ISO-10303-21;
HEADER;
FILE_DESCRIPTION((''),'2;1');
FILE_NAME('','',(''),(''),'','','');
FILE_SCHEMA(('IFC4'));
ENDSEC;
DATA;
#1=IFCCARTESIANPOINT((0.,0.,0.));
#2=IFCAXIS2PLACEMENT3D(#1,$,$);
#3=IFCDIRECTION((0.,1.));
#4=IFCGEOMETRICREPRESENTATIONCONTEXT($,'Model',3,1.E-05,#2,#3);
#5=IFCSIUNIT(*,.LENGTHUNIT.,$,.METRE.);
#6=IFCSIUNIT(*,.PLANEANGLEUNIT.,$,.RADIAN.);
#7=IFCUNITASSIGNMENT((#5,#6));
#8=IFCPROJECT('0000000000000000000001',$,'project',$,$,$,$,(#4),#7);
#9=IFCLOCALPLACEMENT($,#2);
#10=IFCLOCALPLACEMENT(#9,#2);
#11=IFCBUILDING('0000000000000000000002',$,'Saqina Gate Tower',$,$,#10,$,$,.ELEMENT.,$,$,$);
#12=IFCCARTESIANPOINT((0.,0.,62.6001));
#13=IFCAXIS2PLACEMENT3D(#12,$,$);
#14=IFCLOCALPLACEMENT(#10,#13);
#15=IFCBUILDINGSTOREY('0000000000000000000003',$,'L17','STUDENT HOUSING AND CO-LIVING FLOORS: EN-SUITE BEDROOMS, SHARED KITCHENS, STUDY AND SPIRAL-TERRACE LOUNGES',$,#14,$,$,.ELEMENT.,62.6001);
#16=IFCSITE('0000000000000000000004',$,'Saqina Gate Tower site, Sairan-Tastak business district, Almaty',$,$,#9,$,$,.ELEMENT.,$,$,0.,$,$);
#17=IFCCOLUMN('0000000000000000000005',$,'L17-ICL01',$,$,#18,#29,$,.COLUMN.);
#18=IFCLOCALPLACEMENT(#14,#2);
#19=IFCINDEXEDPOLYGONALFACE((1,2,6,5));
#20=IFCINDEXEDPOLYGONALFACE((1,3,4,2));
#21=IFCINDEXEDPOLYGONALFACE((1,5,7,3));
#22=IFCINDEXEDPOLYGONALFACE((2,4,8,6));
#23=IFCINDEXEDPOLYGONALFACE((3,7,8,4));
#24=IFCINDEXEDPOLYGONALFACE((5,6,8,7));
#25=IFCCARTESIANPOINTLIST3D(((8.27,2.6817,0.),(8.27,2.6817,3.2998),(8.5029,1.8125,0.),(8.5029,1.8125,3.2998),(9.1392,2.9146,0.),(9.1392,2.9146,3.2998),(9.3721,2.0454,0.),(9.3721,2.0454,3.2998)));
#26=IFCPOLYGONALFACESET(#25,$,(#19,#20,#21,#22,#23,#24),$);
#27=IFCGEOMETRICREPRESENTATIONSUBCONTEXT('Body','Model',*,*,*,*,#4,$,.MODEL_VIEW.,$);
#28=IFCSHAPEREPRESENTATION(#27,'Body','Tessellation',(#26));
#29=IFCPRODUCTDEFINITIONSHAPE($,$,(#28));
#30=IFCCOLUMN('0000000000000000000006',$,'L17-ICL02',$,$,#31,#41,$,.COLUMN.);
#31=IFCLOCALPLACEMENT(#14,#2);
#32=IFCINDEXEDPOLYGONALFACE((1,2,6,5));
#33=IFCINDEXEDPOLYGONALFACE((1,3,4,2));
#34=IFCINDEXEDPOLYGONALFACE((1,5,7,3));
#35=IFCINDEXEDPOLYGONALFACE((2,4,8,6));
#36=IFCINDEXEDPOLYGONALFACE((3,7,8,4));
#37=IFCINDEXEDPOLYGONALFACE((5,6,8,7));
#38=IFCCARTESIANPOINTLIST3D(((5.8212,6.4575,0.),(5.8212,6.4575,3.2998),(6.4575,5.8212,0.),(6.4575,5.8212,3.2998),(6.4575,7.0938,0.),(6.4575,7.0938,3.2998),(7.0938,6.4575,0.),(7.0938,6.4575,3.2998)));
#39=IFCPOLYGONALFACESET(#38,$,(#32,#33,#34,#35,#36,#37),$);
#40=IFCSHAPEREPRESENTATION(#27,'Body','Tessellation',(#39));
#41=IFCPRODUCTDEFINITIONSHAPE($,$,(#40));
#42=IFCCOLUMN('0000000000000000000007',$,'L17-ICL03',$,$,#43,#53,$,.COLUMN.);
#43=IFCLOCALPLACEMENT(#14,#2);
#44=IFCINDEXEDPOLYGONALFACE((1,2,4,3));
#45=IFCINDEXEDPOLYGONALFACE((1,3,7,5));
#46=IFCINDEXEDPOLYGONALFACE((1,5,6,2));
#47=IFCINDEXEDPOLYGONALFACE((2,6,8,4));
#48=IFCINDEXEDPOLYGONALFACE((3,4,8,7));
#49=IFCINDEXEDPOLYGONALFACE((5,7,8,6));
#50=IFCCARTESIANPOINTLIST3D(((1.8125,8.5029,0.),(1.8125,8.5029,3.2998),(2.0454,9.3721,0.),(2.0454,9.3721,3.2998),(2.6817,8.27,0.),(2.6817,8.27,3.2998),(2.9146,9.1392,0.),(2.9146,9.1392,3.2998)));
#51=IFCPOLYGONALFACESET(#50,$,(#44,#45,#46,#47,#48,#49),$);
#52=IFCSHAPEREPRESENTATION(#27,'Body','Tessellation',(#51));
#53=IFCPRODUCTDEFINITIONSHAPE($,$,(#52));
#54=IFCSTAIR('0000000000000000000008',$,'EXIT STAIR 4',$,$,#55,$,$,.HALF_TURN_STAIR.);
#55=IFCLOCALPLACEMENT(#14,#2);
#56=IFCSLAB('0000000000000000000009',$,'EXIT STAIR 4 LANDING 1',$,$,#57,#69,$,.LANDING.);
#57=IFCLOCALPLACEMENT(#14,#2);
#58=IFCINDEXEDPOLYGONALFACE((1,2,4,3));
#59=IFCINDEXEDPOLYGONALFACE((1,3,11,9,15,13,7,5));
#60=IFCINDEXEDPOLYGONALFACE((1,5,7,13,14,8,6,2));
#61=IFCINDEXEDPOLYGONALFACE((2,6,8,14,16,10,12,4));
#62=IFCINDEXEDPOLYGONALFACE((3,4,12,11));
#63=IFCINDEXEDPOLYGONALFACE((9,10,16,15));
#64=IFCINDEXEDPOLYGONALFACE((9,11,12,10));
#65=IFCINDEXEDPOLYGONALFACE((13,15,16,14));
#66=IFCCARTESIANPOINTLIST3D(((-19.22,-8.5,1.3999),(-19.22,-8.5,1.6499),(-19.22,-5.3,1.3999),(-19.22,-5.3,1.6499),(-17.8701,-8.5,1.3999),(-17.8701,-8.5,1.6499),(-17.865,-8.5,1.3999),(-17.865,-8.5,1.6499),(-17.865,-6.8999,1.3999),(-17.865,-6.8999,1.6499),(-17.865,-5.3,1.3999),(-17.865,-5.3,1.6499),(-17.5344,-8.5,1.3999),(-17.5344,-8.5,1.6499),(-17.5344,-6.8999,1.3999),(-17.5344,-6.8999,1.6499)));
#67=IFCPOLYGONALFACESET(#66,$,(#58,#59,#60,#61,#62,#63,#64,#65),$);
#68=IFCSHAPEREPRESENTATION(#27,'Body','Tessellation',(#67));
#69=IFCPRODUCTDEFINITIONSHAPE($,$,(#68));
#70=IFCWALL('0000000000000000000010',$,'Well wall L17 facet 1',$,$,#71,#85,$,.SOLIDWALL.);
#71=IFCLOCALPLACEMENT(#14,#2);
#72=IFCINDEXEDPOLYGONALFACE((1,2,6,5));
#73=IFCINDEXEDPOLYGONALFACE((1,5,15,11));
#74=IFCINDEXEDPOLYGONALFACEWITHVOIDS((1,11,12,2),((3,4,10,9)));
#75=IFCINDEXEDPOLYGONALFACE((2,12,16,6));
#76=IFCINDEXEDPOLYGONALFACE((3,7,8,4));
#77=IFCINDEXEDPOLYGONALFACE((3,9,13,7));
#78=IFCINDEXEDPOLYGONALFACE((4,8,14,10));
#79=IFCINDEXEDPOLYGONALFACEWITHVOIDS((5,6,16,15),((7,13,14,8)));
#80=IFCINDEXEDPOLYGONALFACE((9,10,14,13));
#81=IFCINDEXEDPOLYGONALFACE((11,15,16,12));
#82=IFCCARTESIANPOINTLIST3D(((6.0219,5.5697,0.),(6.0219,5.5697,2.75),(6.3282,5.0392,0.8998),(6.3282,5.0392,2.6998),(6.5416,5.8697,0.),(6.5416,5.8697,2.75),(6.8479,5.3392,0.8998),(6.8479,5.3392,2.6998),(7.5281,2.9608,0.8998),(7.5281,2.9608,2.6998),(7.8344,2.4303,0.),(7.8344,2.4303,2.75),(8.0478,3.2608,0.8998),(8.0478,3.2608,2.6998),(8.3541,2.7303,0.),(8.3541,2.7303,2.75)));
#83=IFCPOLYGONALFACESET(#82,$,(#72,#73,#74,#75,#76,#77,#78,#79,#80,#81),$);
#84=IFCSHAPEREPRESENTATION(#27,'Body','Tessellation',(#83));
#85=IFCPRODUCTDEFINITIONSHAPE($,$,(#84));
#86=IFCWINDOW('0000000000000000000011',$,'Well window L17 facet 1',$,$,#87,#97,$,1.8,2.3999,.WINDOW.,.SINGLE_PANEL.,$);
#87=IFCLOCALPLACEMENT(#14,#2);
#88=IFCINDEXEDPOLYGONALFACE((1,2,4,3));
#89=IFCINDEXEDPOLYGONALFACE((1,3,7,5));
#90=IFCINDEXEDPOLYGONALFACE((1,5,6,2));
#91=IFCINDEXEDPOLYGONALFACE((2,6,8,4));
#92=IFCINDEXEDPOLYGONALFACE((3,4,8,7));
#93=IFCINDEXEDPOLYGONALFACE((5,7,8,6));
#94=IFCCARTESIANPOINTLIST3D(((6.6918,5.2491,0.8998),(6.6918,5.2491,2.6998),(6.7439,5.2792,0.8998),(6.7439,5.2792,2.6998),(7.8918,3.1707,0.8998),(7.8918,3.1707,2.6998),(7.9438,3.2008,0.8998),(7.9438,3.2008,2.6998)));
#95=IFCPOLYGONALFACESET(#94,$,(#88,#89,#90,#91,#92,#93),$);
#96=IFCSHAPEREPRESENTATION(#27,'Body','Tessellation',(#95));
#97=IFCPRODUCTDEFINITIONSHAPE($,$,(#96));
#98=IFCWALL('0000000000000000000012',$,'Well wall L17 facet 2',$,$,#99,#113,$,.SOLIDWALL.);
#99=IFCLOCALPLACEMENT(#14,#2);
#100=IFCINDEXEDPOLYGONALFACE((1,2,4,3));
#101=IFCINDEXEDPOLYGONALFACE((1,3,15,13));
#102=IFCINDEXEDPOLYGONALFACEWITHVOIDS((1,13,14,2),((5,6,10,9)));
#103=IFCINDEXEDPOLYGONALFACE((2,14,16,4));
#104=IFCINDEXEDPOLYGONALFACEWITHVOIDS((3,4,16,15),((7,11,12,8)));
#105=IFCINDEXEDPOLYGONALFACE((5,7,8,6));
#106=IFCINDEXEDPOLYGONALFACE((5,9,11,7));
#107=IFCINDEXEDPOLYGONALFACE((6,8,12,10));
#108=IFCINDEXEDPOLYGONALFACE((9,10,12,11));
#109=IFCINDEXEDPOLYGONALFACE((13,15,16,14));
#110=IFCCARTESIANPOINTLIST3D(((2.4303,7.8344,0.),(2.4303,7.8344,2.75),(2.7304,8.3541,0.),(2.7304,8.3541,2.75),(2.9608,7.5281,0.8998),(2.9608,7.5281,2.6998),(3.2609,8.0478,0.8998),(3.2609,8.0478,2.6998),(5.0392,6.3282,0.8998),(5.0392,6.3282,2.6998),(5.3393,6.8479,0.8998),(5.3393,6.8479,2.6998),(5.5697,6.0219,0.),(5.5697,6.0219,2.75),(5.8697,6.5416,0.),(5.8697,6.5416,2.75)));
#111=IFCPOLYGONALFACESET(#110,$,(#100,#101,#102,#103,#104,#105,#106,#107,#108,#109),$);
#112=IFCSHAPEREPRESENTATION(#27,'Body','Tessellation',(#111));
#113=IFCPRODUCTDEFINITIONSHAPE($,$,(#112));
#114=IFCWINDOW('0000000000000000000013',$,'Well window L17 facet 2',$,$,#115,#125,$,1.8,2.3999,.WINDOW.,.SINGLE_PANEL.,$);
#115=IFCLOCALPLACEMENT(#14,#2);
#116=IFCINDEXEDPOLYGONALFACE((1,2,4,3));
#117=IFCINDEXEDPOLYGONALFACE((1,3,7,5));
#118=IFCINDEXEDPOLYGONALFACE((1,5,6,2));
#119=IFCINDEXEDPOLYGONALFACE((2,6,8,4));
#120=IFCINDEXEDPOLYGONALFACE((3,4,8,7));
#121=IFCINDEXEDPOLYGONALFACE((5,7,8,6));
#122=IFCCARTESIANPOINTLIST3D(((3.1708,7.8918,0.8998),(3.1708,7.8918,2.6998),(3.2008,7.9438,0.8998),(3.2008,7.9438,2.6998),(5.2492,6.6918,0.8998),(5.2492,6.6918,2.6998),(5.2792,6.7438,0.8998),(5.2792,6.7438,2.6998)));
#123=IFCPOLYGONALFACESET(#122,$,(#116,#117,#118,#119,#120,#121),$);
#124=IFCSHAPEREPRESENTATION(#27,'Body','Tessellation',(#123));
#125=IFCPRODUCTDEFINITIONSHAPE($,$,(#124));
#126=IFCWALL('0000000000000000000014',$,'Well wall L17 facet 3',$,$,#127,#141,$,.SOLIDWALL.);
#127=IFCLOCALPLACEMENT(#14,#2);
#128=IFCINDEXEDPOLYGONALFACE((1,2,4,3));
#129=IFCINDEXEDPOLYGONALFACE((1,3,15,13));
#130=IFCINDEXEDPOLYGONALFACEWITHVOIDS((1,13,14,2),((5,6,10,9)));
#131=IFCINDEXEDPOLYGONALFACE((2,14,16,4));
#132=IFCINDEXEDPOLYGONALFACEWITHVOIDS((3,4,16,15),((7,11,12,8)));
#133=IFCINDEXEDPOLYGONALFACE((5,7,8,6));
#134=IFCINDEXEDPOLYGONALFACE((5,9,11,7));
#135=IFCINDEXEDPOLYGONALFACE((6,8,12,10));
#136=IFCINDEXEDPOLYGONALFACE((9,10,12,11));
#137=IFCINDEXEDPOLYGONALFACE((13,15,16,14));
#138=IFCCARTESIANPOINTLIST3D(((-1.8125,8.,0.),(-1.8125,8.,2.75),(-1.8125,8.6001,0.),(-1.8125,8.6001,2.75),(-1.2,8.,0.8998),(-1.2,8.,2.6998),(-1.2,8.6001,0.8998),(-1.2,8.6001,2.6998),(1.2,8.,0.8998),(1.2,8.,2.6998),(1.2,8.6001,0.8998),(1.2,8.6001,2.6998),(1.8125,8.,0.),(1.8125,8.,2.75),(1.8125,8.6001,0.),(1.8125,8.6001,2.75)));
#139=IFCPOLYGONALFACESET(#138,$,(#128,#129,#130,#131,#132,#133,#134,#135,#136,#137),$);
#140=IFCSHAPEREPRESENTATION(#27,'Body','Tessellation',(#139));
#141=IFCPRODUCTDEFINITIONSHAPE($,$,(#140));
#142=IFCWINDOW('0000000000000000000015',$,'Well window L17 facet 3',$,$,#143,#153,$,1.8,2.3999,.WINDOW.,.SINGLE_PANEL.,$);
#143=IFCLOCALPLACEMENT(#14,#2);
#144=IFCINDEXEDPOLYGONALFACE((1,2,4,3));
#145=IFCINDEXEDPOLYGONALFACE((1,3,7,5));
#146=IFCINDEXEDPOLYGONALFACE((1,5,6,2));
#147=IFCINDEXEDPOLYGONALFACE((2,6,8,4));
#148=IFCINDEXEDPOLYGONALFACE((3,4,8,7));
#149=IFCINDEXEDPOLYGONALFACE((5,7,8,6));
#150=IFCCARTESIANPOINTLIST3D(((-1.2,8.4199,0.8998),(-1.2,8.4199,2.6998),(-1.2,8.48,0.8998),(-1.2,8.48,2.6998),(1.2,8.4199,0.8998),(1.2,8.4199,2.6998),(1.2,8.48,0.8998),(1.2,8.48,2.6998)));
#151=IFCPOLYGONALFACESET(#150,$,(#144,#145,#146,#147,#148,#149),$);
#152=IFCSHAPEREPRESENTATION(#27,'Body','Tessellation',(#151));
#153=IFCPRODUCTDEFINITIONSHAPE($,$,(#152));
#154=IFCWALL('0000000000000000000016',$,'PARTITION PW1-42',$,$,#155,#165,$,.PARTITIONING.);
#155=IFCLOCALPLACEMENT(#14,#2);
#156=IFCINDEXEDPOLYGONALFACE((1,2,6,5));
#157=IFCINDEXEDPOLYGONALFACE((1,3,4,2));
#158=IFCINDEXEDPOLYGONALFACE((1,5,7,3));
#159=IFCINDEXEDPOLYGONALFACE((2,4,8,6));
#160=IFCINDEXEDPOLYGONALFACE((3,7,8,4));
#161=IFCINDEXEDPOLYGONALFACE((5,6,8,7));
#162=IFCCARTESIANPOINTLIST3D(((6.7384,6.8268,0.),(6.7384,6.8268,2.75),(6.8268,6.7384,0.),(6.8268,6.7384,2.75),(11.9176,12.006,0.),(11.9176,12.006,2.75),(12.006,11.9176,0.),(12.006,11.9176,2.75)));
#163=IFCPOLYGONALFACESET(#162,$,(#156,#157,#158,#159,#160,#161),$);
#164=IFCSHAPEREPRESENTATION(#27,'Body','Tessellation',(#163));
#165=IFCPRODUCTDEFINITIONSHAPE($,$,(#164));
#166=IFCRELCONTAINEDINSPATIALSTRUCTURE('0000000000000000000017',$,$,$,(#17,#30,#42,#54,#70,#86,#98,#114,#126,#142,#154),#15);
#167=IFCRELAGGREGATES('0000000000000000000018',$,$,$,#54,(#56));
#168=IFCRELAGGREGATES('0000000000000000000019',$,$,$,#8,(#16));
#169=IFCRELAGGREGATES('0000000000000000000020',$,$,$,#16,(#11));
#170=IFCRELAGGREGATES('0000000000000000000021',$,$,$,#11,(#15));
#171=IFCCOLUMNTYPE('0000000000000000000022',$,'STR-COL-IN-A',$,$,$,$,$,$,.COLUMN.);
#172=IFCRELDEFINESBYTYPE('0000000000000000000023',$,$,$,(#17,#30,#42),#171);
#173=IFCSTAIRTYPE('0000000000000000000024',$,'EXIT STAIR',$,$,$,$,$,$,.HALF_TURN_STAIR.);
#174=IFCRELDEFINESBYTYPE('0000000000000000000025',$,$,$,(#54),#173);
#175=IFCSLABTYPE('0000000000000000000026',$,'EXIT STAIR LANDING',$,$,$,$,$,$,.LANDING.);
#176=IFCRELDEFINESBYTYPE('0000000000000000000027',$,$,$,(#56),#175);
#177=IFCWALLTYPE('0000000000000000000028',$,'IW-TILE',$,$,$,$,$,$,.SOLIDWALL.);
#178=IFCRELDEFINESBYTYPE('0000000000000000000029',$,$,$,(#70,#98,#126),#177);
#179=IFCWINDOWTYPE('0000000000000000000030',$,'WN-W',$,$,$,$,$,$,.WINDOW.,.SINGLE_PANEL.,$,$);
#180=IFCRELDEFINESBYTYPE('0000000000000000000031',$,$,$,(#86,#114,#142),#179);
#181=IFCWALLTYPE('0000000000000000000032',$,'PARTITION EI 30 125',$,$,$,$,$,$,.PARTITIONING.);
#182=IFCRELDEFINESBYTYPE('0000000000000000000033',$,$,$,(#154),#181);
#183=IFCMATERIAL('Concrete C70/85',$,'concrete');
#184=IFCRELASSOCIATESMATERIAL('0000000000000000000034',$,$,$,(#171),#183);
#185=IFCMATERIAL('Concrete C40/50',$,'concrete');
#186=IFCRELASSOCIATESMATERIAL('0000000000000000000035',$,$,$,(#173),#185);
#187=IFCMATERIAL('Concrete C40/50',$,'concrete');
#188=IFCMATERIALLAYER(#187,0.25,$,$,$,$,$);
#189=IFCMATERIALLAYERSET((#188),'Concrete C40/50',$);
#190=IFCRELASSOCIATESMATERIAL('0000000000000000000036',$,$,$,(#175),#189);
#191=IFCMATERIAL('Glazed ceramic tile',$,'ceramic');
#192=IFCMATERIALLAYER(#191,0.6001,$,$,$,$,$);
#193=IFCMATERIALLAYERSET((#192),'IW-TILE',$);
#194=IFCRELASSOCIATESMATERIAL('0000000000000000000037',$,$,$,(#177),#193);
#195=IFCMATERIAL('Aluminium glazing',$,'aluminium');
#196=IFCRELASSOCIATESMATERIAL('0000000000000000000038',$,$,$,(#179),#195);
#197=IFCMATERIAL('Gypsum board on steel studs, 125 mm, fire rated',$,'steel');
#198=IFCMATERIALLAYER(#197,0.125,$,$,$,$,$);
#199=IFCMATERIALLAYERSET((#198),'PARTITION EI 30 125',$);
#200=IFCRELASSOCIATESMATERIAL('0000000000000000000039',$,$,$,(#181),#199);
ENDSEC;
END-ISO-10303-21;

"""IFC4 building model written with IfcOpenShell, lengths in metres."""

from ifc_helpers import new_model, si_unit, direction, frame, frame_2d, origin, origin_2d, place, context, subcontext, project, spatial, polyline, rectangle, outline, extrude, material, layer, layer_set, material_profile, profile_set, type_object, element, fill, aggregate, save


model = new_model("IFC4")

# Units and contexts
model_context = context("Model", 3, precision=1e-05, world=origin(), true_north=direction((0.0, 1.0)))
body_context = subcontext(model_context, "Body", "Model", "MODEL_VIEW")
ifc_project = project(units=[si_unit("LENGTHUNIT", "METRE"), si_unit("PLANEANGLEUNIT", "RADIAN")], contexts=[model_context])

# Site, building, storey
site_placement = place(None, origin())
site = spatial("IfcSite", under=ifc_project, at=site_placement, Name="Saqina Gate Tower site, Sairan-Tastak business district, Almaty", CompositionType="ELEMENT", RefElevation=0.0)
building_placement = place(site_placement, origin())
building = spatial("IfcBuilding", under=site, at=building_placement, Name="Saqina Gate Tower", CompositionType="ELEMENT")
storey_placement = place(building_placement, frame((0.0, 0.0, 62.6001)))
storey = spatial("IfcBuildingStorey", under=building, at=storey_placement, Name="L17", Description="STUDENT HOUSING AND CO-LIVING FLOORS: EN-SUITE BEDROOMS, SHARED KITCHENS, STUDY AND SPIRAL-TERRACE LOUNGES", CompositionType="ELEMENT", Elevation=62.6001)

# Columns
ifc_material_1 = material(Name="Concrete C70/85", Category="concrete")
ifc_material_profile = material_profile(ifc_material_1, rectangle(XDim=0.8999, YDim=0.8999, at=origin_2d()), Name="RC 900x900")
ifc_profile_set = profile_set([ifc_material_profile], Name="Concrete C70/85")
column_type = type_object("IfcColumnType", Name="STR-COL-IN-A", PredefinedType="COLUMN", material=ifc_profile_set)
for number, where, z_axis, x_axis, name in (
    (1, (8.821, 2.3635, 0.0), (0.0, 0.0, 1.0), (0.965926, 0.258819, 0.0), "L17-ICL01"),
    (2, (6.4575, 6.4575, 0.0), (0.0, 0.0, 1.0), (0.707107, 0.707107, 0.0), "L17-ICL02"),
    (3, (2.3635, 8.821, 0.0), (0.0, 0.0, 1.0), (0.258819, 0.965926, 0.0), "L17-ICL03"),
):
    element("IfcColumn", number, at=place(storey_placement, frame(where, z_axis=z_axis, x_axis=x_axis)), inside=storey, type_object=column_type, Name=name, PredefinedType="COLUMN", context=body_context, shape_type="SweptSolid", body=[
        extrude(rectangle(XDim=0.8999, YDim=0.8999, at=origin_2d()), origin(), (0.0, 0.0, 1.0), 3.2998),
    ])

# Stair, slab
ifc_material_2 = material(Name="Concrete C40/50", Category="concrete")
stair_type = type_object("IfcStairType", Name="EXIT STAIR", PredefinedType="HALF_TURN_STAIR", material=ifc_material_2)
stair_1_placement = place(storey_placement, origin())
stair_1 = element("IfcStair", 4, at=stair_1_placement, inside=storey, type_object=stair_type, Name="EXIT STAIR 4", PredefinedType="HALF_TURN_STAIR")
ifc_material_3 = material(Name="Concrete C40/50", Category="concrete")
ifc_layer_1 = layer(ifc_material_3, 0.25)
ifc_layer_set_1 = layer_set([ifc_layer_1], Name="Concrete C40/50")
slab_type = type_object("IfcSlabType", Name="EXIT STAIR LANDING", PredefinedType="LANDING", material=ifc_layer_set_1)
slab_placement = place(storey_placement, frame((0.0, 0.0, 1.3999)))
slab = element("IfcSlab", 5, at=slab_placement, type_object=slab_type, Name="EXIT STAIR 4 LANDING 1", PredefinedType="LANDING", context=body_context, shape_type="SweptSolid", body=[
    extrude(outline(polyline([(-17.5344, -6.8999), (-17.5344, -8.5), (-17.865, -8.5), (-17.8701, -8.5), (-19.22, -8.5), (-19.22, -5.3), (-17.865, -5.3), (-17.865, -6.8999), (-17.5344, -6.8999)])), origin(), (0.0, 0.0, 1.0), 0.25),
])
aggregate(stair_1, [slab])

# Walls, openings, windows
ifc_material_4 = material(Name="Glazed ceramic tile", Category="ceramic")
ifc_layer_2 = layer(ifc_material_4, 0.6001)
ifc_layer_set_2 = layer_set([ifc_layer_2], Name="IW-TILE")
wall_type_1 = type_object("IfcWallType", Name="IW-TILE", PredefinedType="SOLIDWALL", material=ifc_layer_set_2)
wall_1_placement = place(storey_placement, frame((8.0942, 2.5803, 0.0), z_axis=(0.0, 0.0, 1.0), x_axis=(-0.499993, 0.86603, 0.0)))
wall_1 = element("IfcWall", 6, at=wall_1_placement, inside=storey, type_object=wall_type_1, Name="Well wall L17 facet 1", PredefinedType="SOLIDWALL", context=body_context, shape_type="SweptSolid", body=[
    extrude(rectangle(XDim=3.625, YDim=0.6001, at=frame_2d((1.8125, 0.0))), origin(), (0.0, 0.0, 1.0), 2.75),
])
opening_1_placement = place(wall_1_placement, frame((0.6125, 0.0, 0.8999)))
opening_1 = element("IfcOpeningElement", 7, at=opening_1_placement, cuts=wall_1, PredefinedType="OPENING", context=body_context, shape_type="SweptSolid", body=[
    extrude(rectangle(XDim=2.3999, YDim=1.8, at=frame_2d((1.2, 0.8999))), frame((0.0, 0.312, 0.0), z_axis=(0.0, -1.0, 0.0), x_axis=(1.0, 0.0, 0.0)), (0.0, 0.0, 1.0), 0.624),
])
ifc_material_5 = material(Name="Aluminium glazing", Category="aluminium")
window_type = type_object("IfcWindowType", Name="WN-W", PartitioningType="SINGLE_PANEL", PredefinedType="WINDOW", material=ifc_material_5)
window_1_placement = place(opening_1_placement, origin())
window_1 = element("IfcWindow", 8, at=window_1_placement, inside=storey, type_object=window_type, Name="Well window L17 facet 1", OverallHeight=1.8, OverallWidth=2.3999, PartitioningType="SINGLE_PANEL", PredefinedType="WINDOW", context=body_context, shape_type="SweptSolid", body=[
    extrude(rectangle(XDim=2.3999, YDim=1.8, at=frame_2d((1.2, 0.8999))), frame((0.0, -0.1199, 0.0), z_axis=(0.0, -1.0, 0.0), x_axis=(1.0, 0.0, 0.0)), (0.0, 0.0, 1.0), 0.0601),
])
fill(opening_1, window_1)
wall_2_placement = place(storey_placement, frame((5.7197, 6.2817, 0.0), z_axis=(0.0, 0.0, 1.0), x_axis=(-0.86603, 0.499993, 0.0)))
wall_2 = element("IfcWall", 9, at=wall_2_placement, inside=storey, type_object=wall_type_1, Name="Well wall L17 facet 2", PredefinedType="SOLIDWALL", context=body_context, shape_type="SweptSolid", body=[
    extrude(rectangle(XDim=3.625, YDim=0.6001, at=frame_2d((1.8125, 0.0))), origin(), (0.0, 0.0, 1.0), 2.75),
])
opening_2_placement = place(wall_2_placement, frame((0.6125, 0.0, 0.8999)))
opening_2 = element("IfcOpeningElement", 10, at=opening_2_placement, cuts=wall_2, PredefinedType="OPENING", context=body_context, shape_type="SweptSolid", body=[
    extrude(rectangle(XDim=2.3999, YDim=1.8, at=frame_2d((1.2, 0.8999))), frame((0.0, 0.312, 0.0), z_axis=(0.0, -1.0, 0.0), x_axis=(1.0, 0.0, 0.0)), (0.0, 0.0, 1.0), 0.624),
])
window_2_placement = place(opening_2_placement, origin())
window_2 = element("IfcWindow", 11, at=window_2_placement, inside=storey, type_object=window_type, Name="Well window L17 facet 2", OverallHeight=1.8, OverallWidth=2.3999, PartitioningType="SINGLE_PANEL", PredefinedType="WINDOW", context=body_context, shape_type="SweptSolid", body=[
    extrude(rectangle(XDim=2.3999, YDim=1.8, at=frame_2d((1.2, 0.8999))), frame((0.0, -0.1199, 0.0), z_axis=(0.0, -1.0, 0.0), x_axis=(1.0, 0.0, 0.0)), (0.0, 0.0, 1.0), 0.0601),
])
fill(opening_2, window_2)
wall_3_placement = place(storey_placement, frame((1.8125, 8.3, 0.0), z_axis=(0.0, 0.0, 1.0), x_axis=(-1.0, 0.0, 0.0)))
wall_3 = element("IfcWall", 12, at=wall_3_placement, inside=storey, type_object=wall_type_1, Name="Well wall L17 facet 3", PredefinedType="SOLIDWALL", context=body_context, shape_type="SweptSolid", body=[
    extrude(rectangle(XDim=3.625, YDim=0.6001, at=frame_2d((1.8125, 0.0))), origin(), (0.0, 0.0, 1.0), 2.75),
])
opening_3_placement = place(wall_3_placement, frame((0.6125, 0.0, 0.8999)))
opening_3 = element("IfcOpeningElement", 13, at=opening_3_placement, cuts=wall_3, PredefinedType="OPENING", context=body_context, shape_type="SweptSolid", body=[
    extrude(rectangle(XDim=2.3999, YDim=1.8, at=frame_2d((1.2, 0.8999))), frame((0.0, 0.312, 0.0), z_axis=(0.0, -1.0, 0.0), x_axis=(1.0, 0.0, 0.0)), (0.0, 0.0, 1.0), 0.624),
])
window_3_placement = place(opening_3_placement, origin())
window_3 = element("IfcWindow", 14, at=window_3_placement, inside=storey, type_object=window_type, Name="Well window L17 facet 3", OverallHeight=1.8, OverallWidth=2.3999, PartitioningType="SINGLE_PANEL", PredefinedType="WINDOW", context=body_context, shape_type="SweptSolid", body=[
    extrude(rectangle(XDim=2.3999, YDim=1.8, at=frame_2d((1.2, 0.8999))), frame((0.0, -0.1199, 0.0), z_axis=(0.0, -1.0, 0.0), x_axis=(1.0, 0.0, 0.0)), (0.0, 0.0, 1.0), 0.0601),
])
fill(opening_3, window_3)

# Wall
ifc_material_6 = material(Name="Gypsum board on steel studs, 125 mm, fire rated", Category="steel")
ifc_layer_3 = layer(ifc_material_6, 0.125)
ifc_layer_set_3 = layer_set([ifc_layer_3], Name="PARTITION EI 30 125")
wall_type_2 = type_object("IfcWallType", Name="PARTITION EI 30 125", PredefinedType="PARTITIONING", material=ifc_layer_set_3)
wall_4_placement = place(storey_placement, frame((6.7827, 6.7827, 0.0), z_axis=(0.0, 0.0, 1.0), x_axis=(0.707107, 0.707107, 0.0)))
element("IfcWall", 15, at=wall_4_placement, inside=storey, type_object=wall_type_2, Name="PARTITION PW1-42", PredefinedType="PARTITIONING", context=body_context, shape_type="SweptSolid", body=[
    extrude(rectangle(XDim=7.3245, YDim=0.125, at=frame_2d((3.6621, 0.0))), origin(), (0.0, 0.0, 1.0), 2.75),
])

save(model, "model.ifc")
